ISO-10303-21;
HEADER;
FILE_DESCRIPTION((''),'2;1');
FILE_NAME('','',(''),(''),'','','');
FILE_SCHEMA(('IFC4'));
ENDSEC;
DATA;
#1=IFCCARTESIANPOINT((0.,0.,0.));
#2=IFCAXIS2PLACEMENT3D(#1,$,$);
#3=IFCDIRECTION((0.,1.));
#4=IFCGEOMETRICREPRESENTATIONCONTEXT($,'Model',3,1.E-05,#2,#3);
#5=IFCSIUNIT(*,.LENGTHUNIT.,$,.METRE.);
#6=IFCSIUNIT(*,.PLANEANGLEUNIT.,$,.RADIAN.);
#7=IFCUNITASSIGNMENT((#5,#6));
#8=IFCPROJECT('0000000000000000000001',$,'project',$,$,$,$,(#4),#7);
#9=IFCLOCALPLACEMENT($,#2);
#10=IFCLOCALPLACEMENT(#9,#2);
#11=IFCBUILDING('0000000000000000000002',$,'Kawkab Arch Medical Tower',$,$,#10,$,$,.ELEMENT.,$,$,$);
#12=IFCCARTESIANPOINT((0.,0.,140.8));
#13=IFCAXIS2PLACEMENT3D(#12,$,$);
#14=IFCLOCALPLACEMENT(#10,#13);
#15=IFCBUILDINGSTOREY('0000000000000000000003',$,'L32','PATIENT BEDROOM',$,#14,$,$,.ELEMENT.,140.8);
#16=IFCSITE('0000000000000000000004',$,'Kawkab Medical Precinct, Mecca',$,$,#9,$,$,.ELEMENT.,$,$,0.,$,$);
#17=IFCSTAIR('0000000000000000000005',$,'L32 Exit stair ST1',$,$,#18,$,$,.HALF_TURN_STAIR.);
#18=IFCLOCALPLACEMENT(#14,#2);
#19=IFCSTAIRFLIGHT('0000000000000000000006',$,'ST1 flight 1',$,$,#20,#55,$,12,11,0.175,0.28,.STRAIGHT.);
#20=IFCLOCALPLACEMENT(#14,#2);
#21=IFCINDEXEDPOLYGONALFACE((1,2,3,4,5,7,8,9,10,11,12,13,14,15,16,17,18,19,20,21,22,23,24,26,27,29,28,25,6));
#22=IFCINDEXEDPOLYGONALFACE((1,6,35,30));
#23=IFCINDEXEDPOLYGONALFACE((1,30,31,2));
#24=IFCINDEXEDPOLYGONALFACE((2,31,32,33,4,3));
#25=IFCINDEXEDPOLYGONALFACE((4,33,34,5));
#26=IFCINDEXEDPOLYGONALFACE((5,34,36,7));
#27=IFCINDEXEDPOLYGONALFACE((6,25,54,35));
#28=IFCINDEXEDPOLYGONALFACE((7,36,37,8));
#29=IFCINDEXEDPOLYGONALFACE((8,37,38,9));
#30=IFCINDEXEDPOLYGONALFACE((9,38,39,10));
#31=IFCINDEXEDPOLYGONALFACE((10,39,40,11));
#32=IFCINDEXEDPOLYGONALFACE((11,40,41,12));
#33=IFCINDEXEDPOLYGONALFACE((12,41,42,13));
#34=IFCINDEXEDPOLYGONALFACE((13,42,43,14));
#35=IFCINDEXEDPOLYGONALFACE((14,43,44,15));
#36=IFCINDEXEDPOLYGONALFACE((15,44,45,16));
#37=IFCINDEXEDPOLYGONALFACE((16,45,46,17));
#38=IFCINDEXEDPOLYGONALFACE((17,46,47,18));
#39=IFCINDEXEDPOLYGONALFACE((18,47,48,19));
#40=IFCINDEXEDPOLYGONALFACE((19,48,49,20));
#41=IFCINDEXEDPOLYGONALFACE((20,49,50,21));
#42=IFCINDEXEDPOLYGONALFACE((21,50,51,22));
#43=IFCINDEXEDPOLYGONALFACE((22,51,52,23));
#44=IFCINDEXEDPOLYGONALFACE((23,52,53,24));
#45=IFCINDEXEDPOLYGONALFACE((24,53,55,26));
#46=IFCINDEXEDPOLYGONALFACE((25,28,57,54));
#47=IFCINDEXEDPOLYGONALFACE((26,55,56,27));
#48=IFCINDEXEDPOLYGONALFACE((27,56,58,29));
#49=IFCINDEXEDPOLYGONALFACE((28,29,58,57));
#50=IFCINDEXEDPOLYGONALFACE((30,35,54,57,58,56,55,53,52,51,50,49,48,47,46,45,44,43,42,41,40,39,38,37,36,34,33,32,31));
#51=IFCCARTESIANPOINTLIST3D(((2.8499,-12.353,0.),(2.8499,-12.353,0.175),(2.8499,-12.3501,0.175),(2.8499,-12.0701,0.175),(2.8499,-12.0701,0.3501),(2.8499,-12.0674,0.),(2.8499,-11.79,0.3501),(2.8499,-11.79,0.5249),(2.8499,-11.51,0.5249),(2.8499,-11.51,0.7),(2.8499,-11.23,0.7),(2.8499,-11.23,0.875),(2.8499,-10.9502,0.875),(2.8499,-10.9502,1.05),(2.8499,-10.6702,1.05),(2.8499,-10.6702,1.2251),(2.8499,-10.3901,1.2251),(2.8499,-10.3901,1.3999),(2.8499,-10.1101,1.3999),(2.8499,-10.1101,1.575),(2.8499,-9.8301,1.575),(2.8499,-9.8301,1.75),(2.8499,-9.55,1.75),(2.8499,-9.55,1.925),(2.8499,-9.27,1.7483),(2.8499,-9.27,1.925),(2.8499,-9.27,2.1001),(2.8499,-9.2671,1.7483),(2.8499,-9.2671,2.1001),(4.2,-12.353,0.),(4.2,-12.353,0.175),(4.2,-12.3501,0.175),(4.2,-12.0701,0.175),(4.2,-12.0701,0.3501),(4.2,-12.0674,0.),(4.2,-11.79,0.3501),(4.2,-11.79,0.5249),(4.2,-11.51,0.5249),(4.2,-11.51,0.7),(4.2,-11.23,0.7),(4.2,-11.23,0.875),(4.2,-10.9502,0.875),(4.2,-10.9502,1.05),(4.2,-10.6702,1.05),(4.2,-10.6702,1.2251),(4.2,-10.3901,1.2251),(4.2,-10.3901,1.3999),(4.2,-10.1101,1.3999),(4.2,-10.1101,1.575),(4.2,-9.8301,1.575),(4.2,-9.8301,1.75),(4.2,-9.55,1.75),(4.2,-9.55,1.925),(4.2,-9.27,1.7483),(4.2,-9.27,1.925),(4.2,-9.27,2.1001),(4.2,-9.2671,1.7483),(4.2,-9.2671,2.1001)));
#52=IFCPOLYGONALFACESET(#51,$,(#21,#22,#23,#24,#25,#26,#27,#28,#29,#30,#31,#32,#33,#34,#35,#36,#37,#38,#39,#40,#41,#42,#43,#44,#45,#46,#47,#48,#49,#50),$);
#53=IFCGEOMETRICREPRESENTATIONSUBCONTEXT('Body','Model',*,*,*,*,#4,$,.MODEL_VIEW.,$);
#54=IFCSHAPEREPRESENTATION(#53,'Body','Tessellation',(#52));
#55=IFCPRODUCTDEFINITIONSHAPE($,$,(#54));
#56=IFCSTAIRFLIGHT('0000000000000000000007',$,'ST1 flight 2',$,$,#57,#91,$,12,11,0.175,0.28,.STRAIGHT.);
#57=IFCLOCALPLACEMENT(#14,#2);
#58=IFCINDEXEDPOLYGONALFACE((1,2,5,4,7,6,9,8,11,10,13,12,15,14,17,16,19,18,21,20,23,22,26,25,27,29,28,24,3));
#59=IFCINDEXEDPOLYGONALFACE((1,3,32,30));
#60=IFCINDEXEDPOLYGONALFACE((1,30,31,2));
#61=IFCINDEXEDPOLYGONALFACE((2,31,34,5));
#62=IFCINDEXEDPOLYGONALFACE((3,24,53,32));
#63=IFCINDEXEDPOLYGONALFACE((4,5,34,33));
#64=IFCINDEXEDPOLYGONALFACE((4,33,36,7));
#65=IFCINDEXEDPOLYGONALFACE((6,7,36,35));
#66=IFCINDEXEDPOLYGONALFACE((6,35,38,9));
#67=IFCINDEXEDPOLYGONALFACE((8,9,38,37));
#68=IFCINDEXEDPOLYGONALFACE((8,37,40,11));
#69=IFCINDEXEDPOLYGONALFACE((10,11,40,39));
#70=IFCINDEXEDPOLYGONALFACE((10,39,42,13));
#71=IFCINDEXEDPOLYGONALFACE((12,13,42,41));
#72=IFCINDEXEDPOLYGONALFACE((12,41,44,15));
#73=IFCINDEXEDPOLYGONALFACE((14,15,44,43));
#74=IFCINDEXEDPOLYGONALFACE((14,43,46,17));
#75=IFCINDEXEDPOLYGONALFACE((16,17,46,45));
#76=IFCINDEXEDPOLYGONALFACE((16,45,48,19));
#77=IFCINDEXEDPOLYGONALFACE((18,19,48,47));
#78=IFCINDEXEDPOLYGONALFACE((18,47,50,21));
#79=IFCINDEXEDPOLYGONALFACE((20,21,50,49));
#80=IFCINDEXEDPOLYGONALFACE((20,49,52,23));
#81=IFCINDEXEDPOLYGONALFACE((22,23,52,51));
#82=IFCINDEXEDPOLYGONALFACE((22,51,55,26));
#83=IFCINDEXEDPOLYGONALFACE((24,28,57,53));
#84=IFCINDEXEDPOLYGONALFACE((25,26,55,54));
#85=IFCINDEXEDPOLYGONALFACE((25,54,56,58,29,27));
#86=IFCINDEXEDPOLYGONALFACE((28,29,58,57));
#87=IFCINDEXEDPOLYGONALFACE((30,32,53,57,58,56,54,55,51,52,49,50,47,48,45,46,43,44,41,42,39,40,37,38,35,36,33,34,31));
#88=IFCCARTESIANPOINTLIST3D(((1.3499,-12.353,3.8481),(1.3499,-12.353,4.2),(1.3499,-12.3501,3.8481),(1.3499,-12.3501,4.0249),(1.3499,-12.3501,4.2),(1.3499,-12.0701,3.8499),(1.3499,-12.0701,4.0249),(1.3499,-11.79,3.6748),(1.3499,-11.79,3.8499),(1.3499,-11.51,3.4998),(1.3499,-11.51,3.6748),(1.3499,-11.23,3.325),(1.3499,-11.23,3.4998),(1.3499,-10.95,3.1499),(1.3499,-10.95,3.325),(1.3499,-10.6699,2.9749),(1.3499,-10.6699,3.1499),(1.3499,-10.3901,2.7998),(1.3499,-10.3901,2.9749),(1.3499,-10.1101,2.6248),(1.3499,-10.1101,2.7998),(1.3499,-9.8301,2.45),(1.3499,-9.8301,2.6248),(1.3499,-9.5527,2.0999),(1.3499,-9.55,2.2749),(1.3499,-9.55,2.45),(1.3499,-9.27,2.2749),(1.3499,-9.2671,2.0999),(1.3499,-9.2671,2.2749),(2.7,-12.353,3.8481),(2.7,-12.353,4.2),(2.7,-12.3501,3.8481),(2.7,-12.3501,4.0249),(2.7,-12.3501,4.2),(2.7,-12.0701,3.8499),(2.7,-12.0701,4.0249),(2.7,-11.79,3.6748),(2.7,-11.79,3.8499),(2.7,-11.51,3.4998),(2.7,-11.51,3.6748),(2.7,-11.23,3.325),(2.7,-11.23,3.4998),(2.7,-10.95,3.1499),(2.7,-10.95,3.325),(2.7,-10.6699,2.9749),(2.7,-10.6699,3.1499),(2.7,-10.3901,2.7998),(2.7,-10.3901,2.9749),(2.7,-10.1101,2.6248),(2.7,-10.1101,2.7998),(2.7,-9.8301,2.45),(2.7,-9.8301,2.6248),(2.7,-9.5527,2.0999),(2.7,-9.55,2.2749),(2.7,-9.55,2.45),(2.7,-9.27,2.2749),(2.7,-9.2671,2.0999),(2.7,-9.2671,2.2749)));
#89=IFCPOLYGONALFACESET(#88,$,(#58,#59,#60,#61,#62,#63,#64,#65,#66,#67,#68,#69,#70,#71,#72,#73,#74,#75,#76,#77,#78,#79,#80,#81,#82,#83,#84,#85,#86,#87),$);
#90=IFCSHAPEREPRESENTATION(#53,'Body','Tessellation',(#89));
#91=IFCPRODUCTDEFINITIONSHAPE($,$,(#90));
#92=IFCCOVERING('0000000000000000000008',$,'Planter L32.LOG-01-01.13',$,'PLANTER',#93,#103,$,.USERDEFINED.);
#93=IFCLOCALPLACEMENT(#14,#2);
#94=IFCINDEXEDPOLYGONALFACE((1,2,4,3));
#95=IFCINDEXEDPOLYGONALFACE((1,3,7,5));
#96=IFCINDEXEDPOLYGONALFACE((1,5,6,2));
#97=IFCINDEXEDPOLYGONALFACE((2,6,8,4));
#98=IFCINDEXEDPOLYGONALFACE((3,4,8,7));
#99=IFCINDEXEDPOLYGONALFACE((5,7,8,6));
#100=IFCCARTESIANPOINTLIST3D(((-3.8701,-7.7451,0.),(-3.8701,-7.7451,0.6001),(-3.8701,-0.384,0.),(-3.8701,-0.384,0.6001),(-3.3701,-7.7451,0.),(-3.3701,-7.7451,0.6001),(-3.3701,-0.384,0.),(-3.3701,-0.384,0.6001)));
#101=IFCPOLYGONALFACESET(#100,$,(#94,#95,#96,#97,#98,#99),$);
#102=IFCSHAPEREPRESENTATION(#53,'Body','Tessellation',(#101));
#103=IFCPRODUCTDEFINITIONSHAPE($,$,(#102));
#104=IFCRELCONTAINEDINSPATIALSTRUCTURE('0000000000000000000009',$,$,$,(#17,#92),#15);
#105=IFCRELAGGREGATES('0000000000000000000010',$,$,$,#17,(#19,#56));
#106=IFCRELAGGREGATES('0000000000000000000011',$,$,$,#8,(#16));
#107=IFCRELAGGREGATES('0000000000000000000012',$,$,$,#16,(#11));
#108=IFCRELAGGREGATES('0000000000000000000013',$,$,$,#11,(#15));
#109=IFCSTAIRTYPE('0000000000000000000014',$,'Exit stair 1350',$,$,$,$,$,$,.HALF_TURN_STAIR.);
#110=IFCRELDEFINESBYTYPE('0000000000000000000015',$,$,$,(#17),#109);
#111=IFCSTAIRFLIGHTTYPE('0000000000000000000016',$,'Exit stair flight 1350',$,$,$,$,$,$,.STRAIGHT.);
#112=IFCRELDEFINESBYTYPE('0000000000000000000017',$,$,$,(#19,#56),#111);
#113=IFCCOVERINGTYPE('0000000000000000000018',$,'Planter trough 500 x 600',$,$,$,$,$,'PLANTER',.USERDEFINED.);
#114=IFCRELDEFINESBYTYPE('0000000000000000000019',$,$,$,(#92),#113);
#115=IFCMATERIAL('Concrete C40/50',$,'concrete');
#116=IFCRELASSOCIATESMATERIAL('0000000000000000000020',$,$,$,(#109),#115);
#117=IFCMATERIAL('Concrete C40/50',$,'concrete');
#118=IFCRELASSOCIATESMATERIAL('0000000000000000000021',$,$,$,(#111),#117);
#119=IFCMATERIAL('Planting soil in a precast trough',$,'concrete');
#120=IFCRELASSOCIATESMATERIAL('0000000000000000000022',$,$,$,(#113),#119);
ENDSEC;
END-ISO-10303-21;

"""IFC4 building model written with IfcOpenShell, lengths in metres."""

from ifc_helpers import new_model, si_unit, direction, frame, origin, origin_2d, place, context, subcontext, project, spatial, polyline, rectangle, outline, extrude, material, material_profile, profile_set, type_object, element, aggregate, save


model = new_model("IFC4")

# Units and contexts
model_context = context("Model", 3, precision=1e-05, world=origin(), true_north=direction((0.0, 1.0)))
body_context = subcontext(model_context, "Body", "Model", "MODEL_VIEW")
ifc_project = project(units=[si_unit("LENGTHUNIT", "METRE"), si_unit("PLANEANGLEUNIT", "RADIAN")], contexts=[model_context])

# Site, building, storey
site_placement = place(None, origin())
site = spatial("IfcSite", under=ifc_project, at=site_placement, Name="Kawkab Medical Precinct, Mecca", CompositionType="ELEMENT", RefElevation=0.0)
building_placement = place(site_placement, origin())
building = spatial("IfcBuilding", under=site, at=building_placement, Name="Kawkab Arch Medical Tower", CompositionType="ELEMENT")
storey_placement = place(building_placement, frame((0.0, 0.0, 140.8)))
storey = spatial("IfcBuildingStorey", under=building, at=storey_placement, Name="L32", Description="PATIENT BEDROOM", CompositionType="ELEMENT", Elevation=140.8)

# Shared definitions
placement = place(storey_placement, origin())

# Stair, stair flights
ifc_material_1 = material(Name="Concrete C40/50", Category="concrete")
stair_type = type_object("IfcStairType", Name="Exit stair 1350", PredefinedType="HALF_TURN_STAIR", material=ifc_material_1)
stair = element("IfcStair", 1, at=placement, inside=storey, type_object=stair_type, Name="L32 Exit stair ST1", PredefinedType="HALF_TURN_STAIR")
ifc_material_2 = material(Name="Concrete C40/50", Category="concrete")
stair_flight_type = type_object("IfcStairFlightType", Name="Exit stair flight 1350", PredefinedType="STRAIGHT", material=ifc_material_2)
stair_flight_1_placement = place(storey_placement, frame((3.5249, -12.3501, 0.0), z_axis=(0.0, 0.0, 1.0), x_axis=(0.0, 1.0, 0.0)))
stair_flight_1 = element("IfcStairFlight", 2, at=stair_flight_1_placement, type_object=stair_flight_type, Name="ST1 flight 1", NumberOfRisers=12, NumberOfTreads=11, PredefinedType="STRAIGHT", RiserHeight=0.175, TreadLength=0.28, context=body_context, shape_type="SweptSolid", body=[
    extrude(outline(polyline([(-0.0029, 0.0), (-0.0029, 0.175), (0.0, 0.175), (0.28, 0.175), (0.28, 0.3501), (0.5601, 0.3501), (0.5601, 0.5249), (0.8401, 0.5249), (0.8401, 0.7), (1.1201, 0.7), (1.1201, 0.875), (1.3999, 0.875), (1.3999, 1.05), (1.6799, 1.05), (1.6799, 1.2251), (1.96, 1.2251), (1.96, 1.3999), (2.24, 1.3999), (2.24, 1.575), (2.52, 1.575), (2.52, 1.75), (2.8, 1.75), (2.8, 1.925), (3.0801, 1.925), (3.0801, 2.1001), (3.083, 2.1001), (3.083, 1.7483), (3.0801, 1.7483), (0.2827, 0.0), (-0.0029, 0.0)])), frame((0.0, 0.675, 0.0), z_axis=(0.0, -1.0, 0.0), x_axis=(1.0, 0.0, 0.0)), (0.0, 0.0, 1.0), 1.3501),
])
stair_flight_2_placement = place(storey_placement, frame((2.0249, -9.27, 2.0999), z_axis=(0.0, 0.0, 1.0), x_axis=(0.0, -1.0, 0.0)))
stair_flight_2 = element("IfcStairFlight", 3, at=stair_flight_2_placement, type_object=stair_flight_type, Name="ST1 flight 2", NumberOfRisers=12, NumberOfTreads=11, PredefinedType="STRAIGHT", RiserHeight=0.175, TreadLength=0.28, context=body_context, shape_type="SweptSolid", body=[
    extrude(outline(polyline([(-0.0029, 0.0), (-0.0029, 0.175), (0.0, 0.175), (0.28, 0.175), (0.28, 0.3501), (0.5601, 0.3501), (0.5601, 0.5249), (0.8401, 0.5249), (0.8401, 0.7), (1.1201, 0.7), (1.1201, 0.875), (1.3999, 0.875), (1.3999, 1.05), (1.6799, 1.05), (1.6799, 1.2251), (1.96, 1.2251), (1.96, 1.3999), (2.24, 1.3999), (2.24, 1.575), (2.52, 1.575), (2.52, 1.75), (2.8, 1.75), (2.8, 1.925), (3.0801, 1.925), (3.0801, 2.1001), (3.083, 2.1001), (3.083, 1.7483), (3.0801, 1.7483), (0.2827, 0.0), (-0.0029, 0.0)])), frame((0.0, 0.675, 0.0), z_axis=(0.0, -1.0, 0.0), x_axis=(1.0, 0.0, 0.0)), (0.0, 0.0, 1.0), 1.3501),
])
aggregate(stair, [stair_flight_1, stair_flight_2])

# Covering
ifc_material_3 = material(Name="Planting soil in a precast trough", Category="concrete")
ifc_material_profile_1 = material_profile(ifc_material_3, rectangle(XDim=0.5, YDim=0.6001, at=origin_2d()), Name="Trough 500x600")
ifc_profile_set_1 = profile_set([ifc_material_profile_1], Name="Planting soil in a precast trough")
covering_type = type_object("IfcCoveringType", Name="Planter trough 500 x 600", ElementType="PLANTER", PredefinedType="USERDEFINED", material=ifc_profile_set_1)
covering_placement = place(storey_placement, frame((-3.6201, -7.7451, 0.3), z_axis=(0.0, 1.0, 0.0), x_axis=(-1.0, 0.0, 0.0)))
element("IfcCovering", 4, at=covering_placement, inside=storey, type_object=covering_type, Name="Planter L32.LOG-01-01.13", ObjectType="PLANTER", PredefinedType="USERDEFINED", context=body_context, shape_type="SweptSolid", body=[
    extrude(rectangle(XDim=0.5, YDim=0.6001, at=origin_2d()), origin(), (0.0, 0.0, 1.0), 7.3611),
])

save(model, "model.ifc")
